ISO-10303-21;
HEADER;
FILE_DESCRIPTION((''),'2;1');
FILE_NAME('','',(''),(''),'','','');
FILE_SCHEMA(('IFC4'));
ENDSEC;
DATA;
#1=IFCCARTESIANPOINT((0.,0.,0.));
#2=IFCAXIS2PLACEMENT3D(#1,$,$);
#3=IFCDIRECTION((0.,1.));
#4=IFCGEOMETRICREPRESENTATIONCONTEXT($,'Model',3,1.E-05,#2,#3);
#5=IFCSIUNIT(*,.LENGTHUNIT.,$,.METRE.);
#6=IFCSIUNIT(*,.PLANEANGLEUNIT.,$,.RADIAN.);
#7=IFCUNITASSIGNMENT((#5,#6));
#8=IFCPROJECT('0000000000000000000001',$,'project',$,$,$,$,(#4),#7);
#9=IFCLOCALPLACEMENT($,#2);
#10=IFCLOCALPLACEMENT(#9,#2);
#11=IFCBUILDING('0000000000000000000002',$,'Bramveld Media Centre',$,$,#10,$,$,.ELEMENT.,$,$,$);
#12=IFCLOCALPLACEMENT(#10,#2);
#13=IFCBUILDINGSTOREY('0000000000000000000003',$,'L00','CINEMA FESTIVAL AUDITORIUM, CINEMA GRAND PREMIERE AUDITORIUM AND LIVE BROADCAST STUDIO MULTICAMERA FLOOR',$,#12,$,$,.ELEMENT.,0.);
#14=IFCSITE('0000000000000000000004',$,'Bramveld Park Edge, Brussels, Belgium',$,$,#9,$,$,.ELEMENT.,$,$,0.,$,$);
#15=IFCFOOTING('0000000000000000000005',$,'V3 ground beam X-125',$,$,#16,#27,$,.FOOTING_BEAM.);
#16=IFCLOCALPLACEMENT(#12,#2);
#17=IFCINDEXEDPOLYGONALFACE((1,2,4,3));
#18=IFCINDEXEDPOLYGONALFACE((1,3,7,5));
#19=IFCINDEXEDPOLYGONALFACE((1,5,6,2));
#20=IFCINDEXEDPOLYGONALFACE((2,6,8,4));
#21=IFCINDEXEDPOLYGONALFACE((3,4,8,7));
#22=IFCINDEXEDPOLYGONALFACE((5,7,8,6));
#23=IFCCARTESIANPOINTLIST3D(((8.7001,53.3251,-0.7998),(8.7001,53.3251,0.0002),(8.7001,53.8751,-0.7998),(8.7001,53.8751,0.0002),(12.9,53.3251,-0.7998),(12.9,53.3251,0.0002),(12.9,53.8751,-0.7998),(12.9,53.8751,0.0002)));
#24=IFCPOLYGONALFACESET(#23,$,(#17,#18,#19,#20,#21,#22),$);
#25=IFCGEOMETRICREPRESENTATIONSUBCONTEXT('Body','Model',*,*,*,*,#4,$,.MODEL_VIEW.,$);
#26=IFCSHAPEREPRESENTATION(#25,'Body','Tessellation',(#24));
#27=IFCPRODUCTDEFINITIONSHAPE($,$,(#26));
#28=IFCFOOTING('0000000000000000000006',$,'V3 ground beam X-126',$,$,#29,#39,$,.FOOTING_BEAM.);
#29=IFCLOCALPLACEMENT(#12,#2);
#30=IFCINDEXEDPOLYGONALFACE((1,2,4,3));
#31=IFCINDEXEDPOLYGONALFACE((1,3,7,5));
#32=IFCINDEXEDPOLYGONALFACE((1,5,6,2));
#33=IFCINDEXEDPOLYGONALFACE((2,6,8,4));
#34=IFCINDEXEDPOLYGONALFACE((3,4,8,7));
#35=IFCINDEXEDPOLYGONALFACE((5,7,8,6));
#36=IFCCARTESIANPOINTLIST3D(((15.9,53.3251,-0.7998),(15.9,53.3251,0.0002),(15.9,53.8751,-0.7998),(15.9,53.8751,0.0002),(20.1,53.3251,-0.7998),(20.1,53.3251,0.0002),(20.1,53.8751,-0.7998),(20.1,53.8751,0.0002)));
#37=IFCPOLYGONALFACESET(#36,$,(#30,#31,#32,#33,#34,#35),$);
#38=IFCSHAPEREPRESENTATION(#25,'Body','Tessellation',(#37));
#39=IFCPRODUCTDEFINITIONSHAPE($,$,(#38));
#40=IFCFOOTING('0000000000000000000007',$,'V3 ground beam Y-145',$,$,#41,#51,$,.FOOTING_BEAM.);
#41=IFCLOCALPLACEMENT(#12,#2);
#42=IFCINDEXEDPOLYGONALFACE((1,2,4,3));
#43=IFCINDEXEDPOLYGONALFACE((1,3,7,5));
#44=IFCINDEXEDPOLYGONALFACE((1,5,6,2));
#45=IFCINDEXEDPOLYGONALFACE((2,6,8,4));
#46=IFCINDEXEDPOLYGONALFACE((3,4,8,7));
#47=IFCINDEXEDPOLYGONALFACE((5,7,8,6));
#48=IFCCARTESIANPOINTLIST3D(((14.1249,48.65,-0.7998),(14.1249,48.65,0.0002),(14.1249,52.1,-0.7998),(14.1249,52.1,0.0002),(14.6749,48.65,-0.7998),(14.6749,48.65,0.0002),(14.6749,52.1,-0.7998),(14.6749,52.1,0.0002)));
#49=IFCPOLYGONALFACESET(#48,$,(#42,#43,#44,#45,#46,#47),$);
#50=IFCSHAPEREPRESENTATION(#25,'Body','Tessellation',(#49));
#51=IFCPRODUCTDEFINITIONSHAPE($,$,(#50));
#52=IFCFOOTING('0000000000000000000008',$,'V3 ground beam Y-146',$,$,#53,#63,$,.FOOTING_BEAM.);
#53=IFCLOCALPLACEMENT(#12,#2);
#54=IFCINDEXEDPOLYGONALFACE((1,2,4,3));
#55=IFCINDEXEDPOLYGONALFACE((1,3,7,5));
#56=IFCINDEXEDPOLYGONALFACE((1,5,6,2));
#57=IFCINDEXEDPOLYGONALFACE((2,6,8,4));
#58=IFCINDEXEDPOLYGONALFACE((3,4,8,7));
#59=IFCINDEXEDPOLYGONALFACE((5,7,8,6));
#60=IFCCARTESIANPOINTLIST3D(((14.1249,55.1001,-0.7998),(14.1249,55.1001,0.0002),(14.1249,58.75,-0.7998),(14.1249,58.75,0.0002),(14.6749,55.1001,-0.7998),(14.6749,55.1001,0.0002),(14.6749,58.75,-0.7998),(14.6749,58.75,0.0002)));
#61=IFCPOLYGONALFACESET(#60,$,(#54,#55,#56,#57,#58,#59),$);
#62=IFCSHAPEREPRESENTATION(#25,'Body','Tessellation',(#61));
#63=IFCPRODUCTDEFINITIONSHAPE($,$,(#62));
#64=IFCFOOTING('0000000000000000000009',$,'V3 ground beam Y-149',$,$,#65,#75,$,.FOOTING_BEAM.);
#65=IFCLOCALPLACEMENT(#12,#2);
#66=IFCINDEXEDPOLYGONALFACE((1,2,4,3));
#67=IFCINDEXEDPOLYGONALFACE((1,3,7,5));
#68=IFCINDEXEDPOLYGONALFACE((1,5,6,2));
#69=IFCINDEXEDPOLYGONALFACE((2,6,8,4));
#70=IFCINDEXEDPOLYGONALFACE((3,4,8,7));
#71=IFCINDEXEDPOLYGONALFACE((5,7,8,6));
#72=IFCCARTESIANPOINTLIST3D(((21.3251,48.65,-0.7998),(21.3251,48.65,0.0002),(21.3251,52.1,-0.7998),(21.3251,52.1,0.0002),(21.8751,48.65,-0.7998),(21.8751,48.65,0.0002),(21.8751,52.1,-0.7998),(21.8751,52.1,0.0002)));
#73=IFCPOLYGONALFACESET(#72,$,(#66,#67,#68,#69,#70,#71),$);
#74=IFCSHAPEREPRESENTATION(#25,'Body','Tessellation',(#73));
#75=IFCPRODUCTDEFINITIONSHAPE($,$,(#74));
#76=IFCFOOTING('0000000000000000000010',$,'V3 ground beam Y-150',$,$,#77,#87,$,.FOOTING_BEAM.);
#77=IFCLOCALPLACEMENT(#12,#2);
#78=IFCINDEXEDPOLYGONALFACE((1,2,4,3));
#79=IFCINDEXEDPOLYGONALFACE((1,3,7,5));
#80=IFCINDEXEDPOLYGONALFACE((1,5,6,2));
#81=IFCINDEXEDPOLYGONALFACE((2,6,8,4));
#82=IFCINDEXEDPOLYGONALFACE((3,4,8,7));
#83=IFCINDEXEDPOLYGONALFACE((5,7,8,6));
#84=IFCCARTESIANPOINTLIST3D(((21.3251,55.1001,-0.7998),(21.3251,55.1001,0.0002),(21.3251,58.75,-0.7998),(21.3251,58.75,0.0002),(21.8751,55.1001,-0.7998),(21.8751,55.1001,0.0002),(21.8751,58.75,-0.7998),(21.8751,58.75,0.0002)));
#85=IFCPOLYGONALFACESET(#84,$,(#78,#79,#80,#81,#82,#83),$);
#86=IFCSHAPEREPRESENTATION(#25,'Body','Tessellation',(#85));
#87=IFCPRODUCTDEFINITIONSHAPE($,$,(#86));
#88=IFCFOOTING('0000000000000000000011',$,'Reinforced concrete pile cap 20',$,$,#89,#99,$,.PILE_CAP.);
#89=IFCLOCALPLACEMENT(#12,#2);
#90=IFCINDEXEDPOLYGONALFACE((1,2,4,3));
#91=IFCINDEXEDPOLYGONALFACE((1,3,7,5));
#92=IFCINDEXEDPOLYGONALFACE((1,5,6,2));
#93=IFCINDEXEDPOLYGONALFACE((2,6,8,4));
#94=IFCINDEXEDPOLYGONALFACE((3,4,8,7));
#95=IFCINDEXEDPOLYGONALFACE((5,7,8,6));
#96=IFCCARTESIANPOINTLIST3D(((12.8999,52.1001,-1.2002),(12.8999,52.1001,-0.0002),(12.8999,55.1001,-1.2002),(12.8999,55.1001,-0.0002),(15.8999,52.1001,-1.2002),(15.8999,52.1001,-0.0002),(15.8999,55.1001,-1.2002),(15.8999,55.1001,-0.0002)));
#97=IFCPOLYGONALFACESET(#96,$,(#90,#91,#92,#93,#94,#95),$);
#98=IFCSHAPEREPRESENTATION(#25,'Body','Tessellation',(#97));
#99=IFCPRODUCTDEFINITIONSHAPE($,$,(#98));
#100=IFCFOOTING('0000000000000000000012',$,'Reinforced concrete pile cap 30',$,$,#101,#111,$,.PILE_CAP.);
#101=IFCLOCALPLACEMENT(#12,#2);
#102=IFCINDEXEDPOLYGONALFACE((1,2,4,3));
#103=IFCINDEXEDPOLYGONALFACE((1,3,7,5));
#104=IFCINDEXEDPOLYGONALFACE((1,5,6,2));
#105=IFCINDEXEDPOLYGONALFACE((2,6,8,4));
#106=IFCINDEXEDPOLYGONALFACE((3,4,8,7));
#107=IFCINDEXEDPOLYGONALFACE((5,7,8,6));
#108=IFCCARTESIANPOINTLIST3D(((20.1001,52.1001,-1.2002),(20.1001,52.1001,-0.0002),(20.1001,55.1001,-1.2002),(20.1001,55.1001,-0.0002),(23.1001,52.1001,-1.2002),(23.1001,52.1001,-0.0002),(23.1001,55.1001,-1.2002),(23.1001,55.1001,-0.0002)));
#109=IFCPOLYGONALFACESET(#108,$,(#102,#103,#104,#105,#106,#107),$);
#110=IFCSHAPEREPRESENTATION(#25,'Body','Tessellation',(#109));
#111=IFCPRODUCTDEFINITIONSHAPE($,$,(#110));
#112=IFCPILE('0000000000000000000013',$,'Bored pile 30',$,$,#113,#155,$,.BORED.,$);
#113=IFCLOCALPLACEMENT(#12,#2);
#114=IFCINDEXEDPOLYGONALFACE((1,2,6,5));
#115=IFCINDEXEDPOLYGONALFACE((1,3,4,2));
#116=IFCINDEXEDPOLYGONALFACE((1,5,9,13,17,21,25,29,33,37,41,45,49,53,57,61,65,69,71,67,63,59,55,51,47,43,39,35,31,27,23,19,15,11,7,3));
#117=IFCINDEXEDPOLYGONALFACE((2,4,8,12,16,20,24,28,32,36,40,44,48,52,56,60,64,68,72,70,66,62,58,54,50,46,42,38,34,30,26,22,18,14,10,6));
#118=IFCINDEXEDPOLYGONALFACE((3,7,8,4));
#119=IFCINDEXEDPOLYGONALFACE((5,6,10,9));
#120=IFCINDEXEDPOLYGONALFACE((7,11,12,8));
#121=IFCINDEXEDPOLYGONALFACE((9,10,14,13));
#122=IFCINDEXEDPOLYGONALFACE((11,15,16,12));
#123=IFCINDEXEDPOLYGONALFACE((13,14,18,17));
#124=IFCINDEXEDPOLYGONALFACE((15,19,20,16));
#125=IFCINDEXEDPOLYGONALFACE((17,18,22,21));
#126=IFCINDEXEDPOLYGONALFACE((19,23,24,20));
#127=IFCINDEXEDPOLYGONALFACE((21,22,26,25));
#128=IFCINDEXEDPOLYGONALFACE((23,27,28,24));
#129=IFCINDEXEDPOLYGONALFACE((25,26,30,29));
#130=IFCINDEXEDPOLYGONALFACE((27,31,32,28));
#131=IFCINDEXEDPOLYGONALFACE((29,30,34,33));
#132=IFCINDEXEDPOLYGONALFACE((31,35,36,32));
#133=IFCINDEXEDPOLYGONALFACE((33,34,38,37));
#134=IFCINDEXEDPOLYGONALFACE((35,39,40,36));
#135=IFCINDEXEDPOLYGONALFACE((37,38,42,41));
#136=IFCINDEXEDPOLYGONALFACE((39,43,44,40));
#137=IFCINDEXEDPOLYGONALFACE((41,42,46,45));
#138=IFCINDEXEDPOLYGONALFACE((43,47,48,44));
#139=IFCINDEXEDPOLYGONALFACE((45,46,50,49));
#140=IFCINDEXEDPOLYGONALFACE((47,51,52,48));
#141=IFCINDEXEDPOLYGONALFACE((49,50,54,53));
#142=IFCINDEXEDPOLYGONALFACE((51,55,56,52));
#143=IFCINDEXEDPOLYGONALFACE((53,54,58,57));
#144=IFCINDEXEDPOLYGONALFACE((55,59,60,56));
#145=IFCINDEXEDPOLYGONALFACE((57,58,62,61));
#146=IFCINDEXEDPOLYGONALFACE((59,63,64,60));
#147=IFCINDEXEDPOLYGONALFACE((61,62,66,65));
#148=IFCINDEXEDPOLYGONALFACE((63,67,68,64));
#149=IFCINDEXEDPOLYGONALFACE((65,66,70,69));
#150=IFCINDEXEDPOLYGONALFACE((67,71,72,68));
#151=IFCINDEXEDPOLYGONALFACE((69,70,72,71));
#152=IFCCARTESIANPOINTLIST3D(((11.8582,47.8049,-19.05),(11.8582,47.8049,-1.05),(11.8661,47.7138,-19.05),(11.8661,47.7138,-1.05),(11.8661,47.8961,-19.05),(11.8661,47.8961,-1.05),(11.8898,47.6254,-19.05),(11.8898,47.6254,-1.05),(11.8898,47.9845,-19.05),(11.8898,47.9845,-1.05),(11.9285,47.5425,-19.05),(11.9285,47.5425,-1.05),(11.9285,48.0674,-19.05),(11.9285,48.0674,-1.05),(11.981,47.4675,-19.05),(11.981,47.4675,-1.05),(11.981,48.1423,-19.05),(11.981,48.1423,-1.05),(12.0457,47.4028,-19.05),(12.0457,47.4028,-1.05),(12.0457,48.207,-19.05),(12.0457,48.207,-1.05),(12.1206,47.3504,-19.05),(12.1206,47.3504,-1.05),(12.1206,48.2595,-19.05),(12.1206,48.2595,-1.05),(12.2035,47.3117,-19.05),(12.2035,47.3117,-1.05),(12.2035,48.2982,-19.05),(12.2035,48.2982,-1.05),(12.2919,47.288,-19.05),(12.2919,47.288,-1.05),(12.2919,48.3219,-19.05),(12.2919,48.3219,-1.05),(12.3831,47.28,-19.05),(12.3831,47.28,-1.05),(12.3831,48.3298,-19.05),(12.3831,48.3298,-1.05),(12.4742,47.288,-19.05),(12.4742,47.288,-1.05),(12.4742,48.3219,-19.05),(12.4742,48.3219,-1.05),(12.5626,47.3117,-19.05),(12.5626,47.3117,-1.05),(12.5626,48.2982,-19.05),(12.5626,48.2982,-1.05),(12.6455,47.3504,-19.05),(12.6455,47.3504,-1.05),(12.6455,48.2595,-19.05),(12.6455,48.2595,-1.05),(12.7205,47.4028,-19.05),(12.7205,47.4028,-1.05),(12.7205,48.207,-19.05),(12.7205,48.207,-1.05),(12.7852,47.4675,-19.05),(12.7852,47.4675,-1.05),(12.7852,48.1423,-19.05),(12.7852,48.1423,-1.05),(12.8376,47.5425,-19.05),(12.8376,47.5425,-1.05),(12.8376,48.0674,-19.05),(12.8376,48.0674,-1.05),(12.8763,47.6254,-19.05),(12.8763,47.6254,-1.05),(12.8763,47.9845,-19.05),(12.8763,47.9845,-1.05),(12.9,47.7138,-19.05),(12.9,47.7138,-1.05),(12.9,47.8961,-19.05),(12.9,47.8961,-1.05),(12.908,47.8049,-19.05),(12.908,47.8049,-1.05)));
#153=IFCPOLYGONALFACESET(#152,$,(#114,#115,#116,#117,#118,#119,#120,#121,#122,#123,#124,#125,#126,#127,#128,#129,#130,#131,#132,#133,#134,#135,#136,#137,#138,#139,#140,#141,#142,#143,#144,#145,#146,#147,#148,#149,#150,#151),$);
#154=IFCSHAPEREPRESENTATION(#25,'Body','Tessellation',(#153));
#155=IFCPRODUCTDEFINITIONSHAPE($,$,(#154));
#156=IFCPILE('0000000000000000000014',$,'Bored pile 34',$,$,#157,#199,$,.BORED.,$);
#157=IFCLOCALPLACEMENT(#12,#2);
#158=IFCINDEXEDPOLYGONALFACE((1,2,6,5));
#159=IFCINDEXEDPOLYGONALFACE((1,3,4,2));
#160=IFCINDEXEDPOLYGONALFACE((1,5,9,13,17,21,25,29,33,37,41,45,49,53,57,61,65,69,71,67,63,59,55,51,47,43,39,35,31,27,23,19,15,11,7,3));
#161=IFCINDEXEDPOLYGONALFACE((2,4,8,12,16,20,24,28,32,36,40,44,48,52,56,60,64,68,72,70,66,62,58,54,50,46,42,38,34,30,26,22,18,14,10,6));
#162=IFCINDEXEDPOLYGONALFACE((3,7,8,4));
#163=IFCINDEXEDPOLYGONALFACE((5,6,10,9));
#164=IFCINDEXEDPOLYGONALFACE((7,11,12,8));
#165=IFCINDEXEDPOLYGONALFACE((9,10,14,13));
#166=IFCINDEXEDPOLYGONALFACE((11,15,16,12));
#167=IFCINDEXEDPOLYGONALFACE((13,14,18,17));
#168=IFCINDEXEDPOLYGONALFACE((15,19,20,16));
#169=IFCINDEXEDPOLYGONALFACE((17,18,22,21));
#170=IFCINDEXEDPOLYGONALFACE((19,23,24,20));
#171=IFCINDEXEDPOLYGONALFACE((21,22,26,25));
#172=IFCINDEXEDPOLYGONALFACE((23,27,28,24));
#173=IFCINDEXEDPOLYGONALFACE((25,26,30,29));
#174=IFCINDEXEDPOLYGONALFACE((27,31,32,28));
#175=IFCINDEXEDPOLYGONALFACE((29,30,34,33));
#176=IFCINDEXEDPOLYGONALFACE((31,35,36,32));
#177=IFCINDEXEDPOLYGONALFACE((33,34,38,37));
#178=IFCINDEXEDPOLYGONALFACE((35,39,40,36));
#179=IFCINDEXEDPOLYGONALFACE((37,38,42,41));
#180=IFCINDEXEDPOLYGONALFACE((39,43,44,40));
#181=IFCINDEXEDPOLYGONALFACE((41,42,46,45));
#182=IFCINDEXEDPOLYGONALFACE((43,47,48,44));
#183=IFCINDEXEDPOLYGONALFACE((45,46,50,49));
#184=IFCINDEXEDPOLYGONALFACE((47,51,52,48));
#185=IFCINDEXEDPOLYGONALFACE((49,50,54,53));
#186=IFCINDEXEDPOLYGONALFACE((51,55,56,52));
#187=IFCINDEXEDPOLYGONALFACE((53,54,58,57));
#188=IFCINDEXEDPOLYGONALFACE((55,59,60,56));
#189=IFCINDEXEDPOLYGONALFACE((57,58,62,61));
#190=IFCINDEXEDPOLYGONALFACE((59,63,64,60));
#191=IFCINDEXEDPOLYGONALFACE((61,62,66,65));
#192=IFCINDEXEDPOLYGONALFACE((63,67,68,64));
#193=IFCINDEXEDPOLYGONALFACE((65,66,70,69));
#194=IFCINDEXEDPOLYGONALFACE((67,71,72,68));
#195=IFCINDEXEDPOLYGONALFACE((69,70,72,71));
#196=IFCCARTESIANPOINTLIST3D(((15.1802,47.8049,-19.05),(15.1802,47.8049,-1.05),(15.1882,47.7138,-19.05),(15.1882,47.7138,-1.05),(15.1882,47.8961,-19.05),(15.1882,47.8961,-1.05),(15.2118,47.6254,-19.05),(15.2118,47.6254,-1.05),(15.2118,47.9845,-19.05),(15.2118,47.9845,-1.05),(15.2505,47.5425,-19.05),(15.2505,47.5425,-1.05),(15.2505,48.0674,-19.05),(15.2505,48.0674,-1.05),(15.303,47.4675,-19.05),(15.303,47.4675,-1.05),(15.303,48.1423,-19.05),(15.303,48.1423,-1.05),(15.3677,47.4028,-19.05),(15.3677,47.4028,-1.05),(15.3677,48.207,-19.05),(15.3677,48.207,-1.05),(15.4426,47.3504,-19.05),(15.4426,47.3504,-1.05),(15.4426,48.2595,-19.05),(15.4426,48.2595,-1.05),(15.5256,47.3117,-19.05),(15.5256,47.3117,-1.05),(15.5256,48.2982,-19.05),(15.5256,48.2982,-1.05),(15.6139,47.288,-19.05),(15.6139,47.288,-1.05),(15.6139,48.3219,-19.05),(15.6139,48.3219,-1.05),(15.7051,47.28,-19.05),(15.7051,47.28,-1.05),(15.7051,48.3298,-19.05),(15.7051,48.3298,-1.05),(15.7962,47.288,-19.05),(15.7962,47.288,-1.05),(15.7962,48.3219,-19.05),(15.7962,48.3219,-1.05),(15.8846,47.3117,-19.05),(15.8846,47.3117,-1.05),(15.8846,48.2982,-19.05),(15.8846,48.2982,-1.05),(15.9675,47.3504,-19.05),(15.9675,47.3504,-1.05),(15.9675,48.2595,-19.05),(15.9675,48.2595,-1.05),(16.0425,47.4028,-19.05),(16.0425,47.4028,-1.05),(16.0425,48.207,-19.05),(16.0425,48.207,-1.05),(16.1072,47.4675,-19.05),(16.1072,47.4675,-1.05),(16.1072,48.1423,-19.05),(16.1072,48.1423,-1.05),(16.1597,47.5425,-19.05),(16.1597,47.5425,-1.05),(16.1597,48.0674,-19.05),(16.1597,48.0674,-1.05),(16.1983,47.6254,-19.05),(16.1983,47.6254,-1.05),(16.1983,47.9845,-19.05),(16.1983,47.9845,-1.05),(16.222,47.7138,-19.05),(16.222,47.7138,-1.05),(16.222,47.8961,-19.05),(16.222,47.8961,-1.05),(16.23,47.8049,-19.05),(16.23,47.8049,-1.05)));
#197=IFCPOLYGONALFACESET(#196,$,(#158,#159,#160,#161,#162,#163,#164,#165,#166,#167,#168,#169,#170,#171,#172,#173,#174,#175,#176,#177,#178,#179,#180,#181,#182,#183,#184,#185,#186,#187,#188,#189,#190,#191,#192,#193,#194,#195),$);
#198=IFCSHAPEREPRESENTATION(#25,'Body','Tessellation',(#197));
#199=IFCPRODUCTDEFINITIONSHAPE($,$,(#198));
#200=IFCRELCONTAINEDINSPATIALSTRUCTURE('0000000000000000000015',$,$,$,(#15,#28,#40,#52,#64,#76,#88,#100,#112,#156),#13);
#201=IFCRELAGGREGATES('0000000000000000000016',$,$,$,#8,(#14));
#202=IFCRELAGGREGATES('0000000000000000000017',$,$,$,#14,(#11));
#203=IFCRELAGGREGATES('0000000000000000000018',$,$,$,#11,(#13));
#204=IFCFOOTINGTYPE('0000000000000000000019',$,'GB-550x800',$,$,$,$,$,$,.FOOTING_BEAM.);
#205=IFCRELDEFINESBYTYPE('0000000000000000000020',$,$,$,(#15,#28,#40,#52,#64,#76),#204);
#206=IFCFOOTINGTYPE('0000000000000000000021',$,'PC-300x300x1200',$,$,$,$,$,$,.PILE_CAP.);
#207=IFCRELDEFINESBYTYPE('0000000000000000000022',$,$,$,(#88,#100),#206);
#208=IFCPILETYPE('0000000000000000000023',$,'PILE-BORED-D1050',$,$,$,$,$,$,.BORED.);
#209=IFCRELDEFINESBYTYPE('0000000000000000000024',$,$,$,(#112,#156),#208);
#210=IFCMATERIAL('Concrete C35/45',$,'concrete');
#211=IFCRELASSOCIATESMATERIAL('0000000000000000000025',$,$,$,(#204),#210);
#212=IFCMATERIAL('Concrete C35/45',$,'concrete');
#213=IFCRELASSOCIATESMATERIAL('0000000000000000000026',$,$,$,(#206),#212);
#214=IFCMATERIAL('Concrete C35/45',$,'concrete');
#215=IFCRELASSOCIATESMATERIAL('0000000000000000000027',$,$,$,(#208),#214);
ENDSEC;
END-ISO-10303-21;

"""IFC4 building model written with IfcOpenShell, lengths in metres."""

from ifc_helpers import new_model, si_unit, direction, frame, origin, origin_2d, place, context, subcontext, project, spatial, rectangle, circle, extrude, material, material_profile, profile_set, type_object, element, save


model = new_model("IFC4")

# Units and contexts
model_context = context("Model", 3, precision=1e-05, world=origin(), true_north=direction((0.0, 1.0)))
body_context = subcontext(model_context, "Body", "Model", "MODEL_VIEW")
ifc_project = project(units=[si_unit("LENGTHUNIT", "METRE"), si_unit("PLANEANGLEUNIT", "RADIAN")], contexts=[model_context])

# Site, building, storey
site_placement = place(None, origin())
site = spatial("IfcSite", under=ifc_project, at=site_placement, Name="Bramveld Park Edge, Brussels, Belgium", CompositionType="ELEMENT", RefElevation=0.0)
building_placement = place(site_placement, origin())
building = spatial("IfcBuilding", under=site, at=building_placement, Name="Bramveld Media Centre", CompositionType="ELEMENT")
storey_placement = place(building_placement, origin())
storey = spatial("IfcBuildingStorey", under=building, at=storey_placement, Name="L00", Description="CINEMA FESTIVAL AUDITORIUM, CINEMA GRAND PREMIERE AUDITORIUM AND LIVE BROADCAST STUDIO MULTICAMERA FLOOR", CompositionType="ELEMENT", Elevation=0.0)

# Footings
ifc_material_1 = material(Name="Concrete C35/45", Category="concrete")
footing_type_1 = type_object("IfcFootingType", Name="GB-550x800", PredefinedType="FOOTING_BEAM", material=ifc_material_1)
for number, where, z_axis, x_axis, name in (
    (1, (10.8, 53.6001, -0.7998), (0.0, 0.0, 1.0), (1.0, 0.0, 0.0), "V3 ground beam X-125"),
    (2, (18.0, 53.6001, -0.7998), (0.0, 0.0, 1.0), (1.0, 0.0, 0.0), "V3 ground beam X-126"),
):
    element("IfcFooting", number, at=place(storey_placement, frame(where, z_axis=z_axis, x_axis=x_axis)), inside=storey, type_object=footing_type_1, Name=name, PredefinedType="FOOTING_BEAM", context=body_context, shape_type="SweptSolid", body=[
        extrude(rectangle(XDim=4.2, YDim=0.55, at=origin_2d()), origin(), (0.0, 0.0, 1.0), 0.8),
    ])
footing_1_placement = place(storey_placement, frame((14.3999, 50.375, -0.7998), z_axis=(0.0, 0.0, 1.0), x_axis=(1.0, 0.0, 0.0)))
element("IfcFooting", 3, at=footing_1_placement, inside=storey, type_object=footing_type_1, Name="V3 ground beam Y-145", PredefinedType="FOOTING_BEAM", context=body_context, shape_type="SweptSolid", body=[
    extrude(rectangle(XDim=0.55, YDim=3.45, at=origin_2d()), origin(), (0.0, 0.0, 1.0), 0.8),
])
footing_2_placement = place(storey_placement, frame((14.3999, 56.925, -0.7998), z_axis=(0.0, 0.0, 1.0), x_axis=(1.0, 0.0, 0.0)))
element("IfcFooting", 4, at=footing_2_placement, inside=storey, type_object=footing_type_1, Name="V3 ground beam Y-146", PredefinedType="FOOTING_BEAM", context=body_context, shape_type="SweptSolid", body=[
    extrude(rectangle(XDim=0.55, YDim=3.6499, at=origin_2d()), origin(), (0.0, 0.0, 1.0), 0.8),
])
footing_3_placement = place(storey_placement, frame((21.6001, 50.375, -0.7998), z_axis=(0.0, 0.0, 1.0), x_axis=(1.0, 0.0, 0.0)))
element("IfcFooting", 5, at=footing_3_placement, inside=storey, type_object=footing_type_1, Name="V3 ground beam Y-149", PredefinedType="FOOTING_BEAM", context=body_context, shape_type="SweptSolid", body=[
    extrude(rectangle(XDim=0.55, YDim=3.45, at=origin_2d()), origin(), (0.0, 0.0, 1.0), 0.8),
])
footing_4_placement = place(storey_placement, frame((21.6001, 56.925, -0.7998), z_axis=(0.0, 0.0, 1.0), x_axis=(1.0, 0.0, 0.0)))
element("IfcFooting", 6, at=footing_4_placement, inside=storey, type_object=footing_type_1, Name="V3 ground beam Y-150", PredefinedType="FOOTING_BEAM", context=body_context, shape_type="SweptSolid", body=[
    extrude(rectangle(XDim=0.55, YDim=3.6499, at=origin_2d()), origin(), (0.0, 0.0, 1.0), 0.8),
])
ifc_material_2 = material(Name="Concrete C35/45", Category="concrete")
footing_type_2 = type_object("IfcFootingType", Name="PC-300x300x1200", PredefinedType="PILE_CAP", material=ifc_material_2)
for number, where, z_axis, x_axis, name in (
    (7, (14.3999, 53.6001, -1.2002), (0.0, 0.0, 1.0), (1.0, 0.0, 0.0), "Reinforced concrete pile cap 20"),
    (8, (21.6001, 53.6001, -1.2002), (0.0, 0.0, 1.0), (1.0, 0.0, 0.0), "Reinforced concrete pile cap 30"),
):
    element("IfcFooting", number, at=place(storey_placement, frame(where, z_axis=z_axis, x_axis=x_axis)), inside=storey, type_object=footing_type_2, Name=name, PredefinedType="PILE_CAP", context=body_context, shape_type="SweptSolid", body=[
        extrude(rectangle(XDim=3.0, YDim=3.0, at=origin_2d()), origin(), (0.0, 0.0, 1.0), 1.2),
    ])

# Piles
ifc_material_3 = material(Name="Concrete C35/45", Category="concrete")
ifc_material_profile_1 = material_profile(ifc_material_3, circle(Radius=0.5249, at=origin_2d()), Name="BORED D1050")
ifc_profile_set_1 = profile_set([ifc_material_profile_1], Name="Concrete C35/45")
pile_type_1 = type_object("IfcPileType", Name="PILE-BORED-D1050", PredefinedType="BORED", material=ifc_profile_set_1)
for number, where, z_axis, x_axis, name in (
    (9, (12.3831, 47.8049, -1.05), (0.0, 0.0, -1.0), (1.0, 0.0, 0.0), "Bored pile 30"),
    (10, (15.7051, 47.8049, -1.05), (0.0, 0.0, -1.0), (1.0, 0.0, 0.0), "Bored pile 34"),
):
    element("IfcPile", number, at=place(storey_placement, frame(where, z_axis=z_axis, x_axis=x_axis)), inside=storey, type_object=pile_type_1, Name=name, PredefinedType="BORED", context=body_context, shape_type="SweptSolid", body=[
        extrude(circle(Radius=0.5249, at=origin_2d()), origin(), (0.0, 0.0, 1.0), 18.0),
    ])

save(model, "model.ifc")
